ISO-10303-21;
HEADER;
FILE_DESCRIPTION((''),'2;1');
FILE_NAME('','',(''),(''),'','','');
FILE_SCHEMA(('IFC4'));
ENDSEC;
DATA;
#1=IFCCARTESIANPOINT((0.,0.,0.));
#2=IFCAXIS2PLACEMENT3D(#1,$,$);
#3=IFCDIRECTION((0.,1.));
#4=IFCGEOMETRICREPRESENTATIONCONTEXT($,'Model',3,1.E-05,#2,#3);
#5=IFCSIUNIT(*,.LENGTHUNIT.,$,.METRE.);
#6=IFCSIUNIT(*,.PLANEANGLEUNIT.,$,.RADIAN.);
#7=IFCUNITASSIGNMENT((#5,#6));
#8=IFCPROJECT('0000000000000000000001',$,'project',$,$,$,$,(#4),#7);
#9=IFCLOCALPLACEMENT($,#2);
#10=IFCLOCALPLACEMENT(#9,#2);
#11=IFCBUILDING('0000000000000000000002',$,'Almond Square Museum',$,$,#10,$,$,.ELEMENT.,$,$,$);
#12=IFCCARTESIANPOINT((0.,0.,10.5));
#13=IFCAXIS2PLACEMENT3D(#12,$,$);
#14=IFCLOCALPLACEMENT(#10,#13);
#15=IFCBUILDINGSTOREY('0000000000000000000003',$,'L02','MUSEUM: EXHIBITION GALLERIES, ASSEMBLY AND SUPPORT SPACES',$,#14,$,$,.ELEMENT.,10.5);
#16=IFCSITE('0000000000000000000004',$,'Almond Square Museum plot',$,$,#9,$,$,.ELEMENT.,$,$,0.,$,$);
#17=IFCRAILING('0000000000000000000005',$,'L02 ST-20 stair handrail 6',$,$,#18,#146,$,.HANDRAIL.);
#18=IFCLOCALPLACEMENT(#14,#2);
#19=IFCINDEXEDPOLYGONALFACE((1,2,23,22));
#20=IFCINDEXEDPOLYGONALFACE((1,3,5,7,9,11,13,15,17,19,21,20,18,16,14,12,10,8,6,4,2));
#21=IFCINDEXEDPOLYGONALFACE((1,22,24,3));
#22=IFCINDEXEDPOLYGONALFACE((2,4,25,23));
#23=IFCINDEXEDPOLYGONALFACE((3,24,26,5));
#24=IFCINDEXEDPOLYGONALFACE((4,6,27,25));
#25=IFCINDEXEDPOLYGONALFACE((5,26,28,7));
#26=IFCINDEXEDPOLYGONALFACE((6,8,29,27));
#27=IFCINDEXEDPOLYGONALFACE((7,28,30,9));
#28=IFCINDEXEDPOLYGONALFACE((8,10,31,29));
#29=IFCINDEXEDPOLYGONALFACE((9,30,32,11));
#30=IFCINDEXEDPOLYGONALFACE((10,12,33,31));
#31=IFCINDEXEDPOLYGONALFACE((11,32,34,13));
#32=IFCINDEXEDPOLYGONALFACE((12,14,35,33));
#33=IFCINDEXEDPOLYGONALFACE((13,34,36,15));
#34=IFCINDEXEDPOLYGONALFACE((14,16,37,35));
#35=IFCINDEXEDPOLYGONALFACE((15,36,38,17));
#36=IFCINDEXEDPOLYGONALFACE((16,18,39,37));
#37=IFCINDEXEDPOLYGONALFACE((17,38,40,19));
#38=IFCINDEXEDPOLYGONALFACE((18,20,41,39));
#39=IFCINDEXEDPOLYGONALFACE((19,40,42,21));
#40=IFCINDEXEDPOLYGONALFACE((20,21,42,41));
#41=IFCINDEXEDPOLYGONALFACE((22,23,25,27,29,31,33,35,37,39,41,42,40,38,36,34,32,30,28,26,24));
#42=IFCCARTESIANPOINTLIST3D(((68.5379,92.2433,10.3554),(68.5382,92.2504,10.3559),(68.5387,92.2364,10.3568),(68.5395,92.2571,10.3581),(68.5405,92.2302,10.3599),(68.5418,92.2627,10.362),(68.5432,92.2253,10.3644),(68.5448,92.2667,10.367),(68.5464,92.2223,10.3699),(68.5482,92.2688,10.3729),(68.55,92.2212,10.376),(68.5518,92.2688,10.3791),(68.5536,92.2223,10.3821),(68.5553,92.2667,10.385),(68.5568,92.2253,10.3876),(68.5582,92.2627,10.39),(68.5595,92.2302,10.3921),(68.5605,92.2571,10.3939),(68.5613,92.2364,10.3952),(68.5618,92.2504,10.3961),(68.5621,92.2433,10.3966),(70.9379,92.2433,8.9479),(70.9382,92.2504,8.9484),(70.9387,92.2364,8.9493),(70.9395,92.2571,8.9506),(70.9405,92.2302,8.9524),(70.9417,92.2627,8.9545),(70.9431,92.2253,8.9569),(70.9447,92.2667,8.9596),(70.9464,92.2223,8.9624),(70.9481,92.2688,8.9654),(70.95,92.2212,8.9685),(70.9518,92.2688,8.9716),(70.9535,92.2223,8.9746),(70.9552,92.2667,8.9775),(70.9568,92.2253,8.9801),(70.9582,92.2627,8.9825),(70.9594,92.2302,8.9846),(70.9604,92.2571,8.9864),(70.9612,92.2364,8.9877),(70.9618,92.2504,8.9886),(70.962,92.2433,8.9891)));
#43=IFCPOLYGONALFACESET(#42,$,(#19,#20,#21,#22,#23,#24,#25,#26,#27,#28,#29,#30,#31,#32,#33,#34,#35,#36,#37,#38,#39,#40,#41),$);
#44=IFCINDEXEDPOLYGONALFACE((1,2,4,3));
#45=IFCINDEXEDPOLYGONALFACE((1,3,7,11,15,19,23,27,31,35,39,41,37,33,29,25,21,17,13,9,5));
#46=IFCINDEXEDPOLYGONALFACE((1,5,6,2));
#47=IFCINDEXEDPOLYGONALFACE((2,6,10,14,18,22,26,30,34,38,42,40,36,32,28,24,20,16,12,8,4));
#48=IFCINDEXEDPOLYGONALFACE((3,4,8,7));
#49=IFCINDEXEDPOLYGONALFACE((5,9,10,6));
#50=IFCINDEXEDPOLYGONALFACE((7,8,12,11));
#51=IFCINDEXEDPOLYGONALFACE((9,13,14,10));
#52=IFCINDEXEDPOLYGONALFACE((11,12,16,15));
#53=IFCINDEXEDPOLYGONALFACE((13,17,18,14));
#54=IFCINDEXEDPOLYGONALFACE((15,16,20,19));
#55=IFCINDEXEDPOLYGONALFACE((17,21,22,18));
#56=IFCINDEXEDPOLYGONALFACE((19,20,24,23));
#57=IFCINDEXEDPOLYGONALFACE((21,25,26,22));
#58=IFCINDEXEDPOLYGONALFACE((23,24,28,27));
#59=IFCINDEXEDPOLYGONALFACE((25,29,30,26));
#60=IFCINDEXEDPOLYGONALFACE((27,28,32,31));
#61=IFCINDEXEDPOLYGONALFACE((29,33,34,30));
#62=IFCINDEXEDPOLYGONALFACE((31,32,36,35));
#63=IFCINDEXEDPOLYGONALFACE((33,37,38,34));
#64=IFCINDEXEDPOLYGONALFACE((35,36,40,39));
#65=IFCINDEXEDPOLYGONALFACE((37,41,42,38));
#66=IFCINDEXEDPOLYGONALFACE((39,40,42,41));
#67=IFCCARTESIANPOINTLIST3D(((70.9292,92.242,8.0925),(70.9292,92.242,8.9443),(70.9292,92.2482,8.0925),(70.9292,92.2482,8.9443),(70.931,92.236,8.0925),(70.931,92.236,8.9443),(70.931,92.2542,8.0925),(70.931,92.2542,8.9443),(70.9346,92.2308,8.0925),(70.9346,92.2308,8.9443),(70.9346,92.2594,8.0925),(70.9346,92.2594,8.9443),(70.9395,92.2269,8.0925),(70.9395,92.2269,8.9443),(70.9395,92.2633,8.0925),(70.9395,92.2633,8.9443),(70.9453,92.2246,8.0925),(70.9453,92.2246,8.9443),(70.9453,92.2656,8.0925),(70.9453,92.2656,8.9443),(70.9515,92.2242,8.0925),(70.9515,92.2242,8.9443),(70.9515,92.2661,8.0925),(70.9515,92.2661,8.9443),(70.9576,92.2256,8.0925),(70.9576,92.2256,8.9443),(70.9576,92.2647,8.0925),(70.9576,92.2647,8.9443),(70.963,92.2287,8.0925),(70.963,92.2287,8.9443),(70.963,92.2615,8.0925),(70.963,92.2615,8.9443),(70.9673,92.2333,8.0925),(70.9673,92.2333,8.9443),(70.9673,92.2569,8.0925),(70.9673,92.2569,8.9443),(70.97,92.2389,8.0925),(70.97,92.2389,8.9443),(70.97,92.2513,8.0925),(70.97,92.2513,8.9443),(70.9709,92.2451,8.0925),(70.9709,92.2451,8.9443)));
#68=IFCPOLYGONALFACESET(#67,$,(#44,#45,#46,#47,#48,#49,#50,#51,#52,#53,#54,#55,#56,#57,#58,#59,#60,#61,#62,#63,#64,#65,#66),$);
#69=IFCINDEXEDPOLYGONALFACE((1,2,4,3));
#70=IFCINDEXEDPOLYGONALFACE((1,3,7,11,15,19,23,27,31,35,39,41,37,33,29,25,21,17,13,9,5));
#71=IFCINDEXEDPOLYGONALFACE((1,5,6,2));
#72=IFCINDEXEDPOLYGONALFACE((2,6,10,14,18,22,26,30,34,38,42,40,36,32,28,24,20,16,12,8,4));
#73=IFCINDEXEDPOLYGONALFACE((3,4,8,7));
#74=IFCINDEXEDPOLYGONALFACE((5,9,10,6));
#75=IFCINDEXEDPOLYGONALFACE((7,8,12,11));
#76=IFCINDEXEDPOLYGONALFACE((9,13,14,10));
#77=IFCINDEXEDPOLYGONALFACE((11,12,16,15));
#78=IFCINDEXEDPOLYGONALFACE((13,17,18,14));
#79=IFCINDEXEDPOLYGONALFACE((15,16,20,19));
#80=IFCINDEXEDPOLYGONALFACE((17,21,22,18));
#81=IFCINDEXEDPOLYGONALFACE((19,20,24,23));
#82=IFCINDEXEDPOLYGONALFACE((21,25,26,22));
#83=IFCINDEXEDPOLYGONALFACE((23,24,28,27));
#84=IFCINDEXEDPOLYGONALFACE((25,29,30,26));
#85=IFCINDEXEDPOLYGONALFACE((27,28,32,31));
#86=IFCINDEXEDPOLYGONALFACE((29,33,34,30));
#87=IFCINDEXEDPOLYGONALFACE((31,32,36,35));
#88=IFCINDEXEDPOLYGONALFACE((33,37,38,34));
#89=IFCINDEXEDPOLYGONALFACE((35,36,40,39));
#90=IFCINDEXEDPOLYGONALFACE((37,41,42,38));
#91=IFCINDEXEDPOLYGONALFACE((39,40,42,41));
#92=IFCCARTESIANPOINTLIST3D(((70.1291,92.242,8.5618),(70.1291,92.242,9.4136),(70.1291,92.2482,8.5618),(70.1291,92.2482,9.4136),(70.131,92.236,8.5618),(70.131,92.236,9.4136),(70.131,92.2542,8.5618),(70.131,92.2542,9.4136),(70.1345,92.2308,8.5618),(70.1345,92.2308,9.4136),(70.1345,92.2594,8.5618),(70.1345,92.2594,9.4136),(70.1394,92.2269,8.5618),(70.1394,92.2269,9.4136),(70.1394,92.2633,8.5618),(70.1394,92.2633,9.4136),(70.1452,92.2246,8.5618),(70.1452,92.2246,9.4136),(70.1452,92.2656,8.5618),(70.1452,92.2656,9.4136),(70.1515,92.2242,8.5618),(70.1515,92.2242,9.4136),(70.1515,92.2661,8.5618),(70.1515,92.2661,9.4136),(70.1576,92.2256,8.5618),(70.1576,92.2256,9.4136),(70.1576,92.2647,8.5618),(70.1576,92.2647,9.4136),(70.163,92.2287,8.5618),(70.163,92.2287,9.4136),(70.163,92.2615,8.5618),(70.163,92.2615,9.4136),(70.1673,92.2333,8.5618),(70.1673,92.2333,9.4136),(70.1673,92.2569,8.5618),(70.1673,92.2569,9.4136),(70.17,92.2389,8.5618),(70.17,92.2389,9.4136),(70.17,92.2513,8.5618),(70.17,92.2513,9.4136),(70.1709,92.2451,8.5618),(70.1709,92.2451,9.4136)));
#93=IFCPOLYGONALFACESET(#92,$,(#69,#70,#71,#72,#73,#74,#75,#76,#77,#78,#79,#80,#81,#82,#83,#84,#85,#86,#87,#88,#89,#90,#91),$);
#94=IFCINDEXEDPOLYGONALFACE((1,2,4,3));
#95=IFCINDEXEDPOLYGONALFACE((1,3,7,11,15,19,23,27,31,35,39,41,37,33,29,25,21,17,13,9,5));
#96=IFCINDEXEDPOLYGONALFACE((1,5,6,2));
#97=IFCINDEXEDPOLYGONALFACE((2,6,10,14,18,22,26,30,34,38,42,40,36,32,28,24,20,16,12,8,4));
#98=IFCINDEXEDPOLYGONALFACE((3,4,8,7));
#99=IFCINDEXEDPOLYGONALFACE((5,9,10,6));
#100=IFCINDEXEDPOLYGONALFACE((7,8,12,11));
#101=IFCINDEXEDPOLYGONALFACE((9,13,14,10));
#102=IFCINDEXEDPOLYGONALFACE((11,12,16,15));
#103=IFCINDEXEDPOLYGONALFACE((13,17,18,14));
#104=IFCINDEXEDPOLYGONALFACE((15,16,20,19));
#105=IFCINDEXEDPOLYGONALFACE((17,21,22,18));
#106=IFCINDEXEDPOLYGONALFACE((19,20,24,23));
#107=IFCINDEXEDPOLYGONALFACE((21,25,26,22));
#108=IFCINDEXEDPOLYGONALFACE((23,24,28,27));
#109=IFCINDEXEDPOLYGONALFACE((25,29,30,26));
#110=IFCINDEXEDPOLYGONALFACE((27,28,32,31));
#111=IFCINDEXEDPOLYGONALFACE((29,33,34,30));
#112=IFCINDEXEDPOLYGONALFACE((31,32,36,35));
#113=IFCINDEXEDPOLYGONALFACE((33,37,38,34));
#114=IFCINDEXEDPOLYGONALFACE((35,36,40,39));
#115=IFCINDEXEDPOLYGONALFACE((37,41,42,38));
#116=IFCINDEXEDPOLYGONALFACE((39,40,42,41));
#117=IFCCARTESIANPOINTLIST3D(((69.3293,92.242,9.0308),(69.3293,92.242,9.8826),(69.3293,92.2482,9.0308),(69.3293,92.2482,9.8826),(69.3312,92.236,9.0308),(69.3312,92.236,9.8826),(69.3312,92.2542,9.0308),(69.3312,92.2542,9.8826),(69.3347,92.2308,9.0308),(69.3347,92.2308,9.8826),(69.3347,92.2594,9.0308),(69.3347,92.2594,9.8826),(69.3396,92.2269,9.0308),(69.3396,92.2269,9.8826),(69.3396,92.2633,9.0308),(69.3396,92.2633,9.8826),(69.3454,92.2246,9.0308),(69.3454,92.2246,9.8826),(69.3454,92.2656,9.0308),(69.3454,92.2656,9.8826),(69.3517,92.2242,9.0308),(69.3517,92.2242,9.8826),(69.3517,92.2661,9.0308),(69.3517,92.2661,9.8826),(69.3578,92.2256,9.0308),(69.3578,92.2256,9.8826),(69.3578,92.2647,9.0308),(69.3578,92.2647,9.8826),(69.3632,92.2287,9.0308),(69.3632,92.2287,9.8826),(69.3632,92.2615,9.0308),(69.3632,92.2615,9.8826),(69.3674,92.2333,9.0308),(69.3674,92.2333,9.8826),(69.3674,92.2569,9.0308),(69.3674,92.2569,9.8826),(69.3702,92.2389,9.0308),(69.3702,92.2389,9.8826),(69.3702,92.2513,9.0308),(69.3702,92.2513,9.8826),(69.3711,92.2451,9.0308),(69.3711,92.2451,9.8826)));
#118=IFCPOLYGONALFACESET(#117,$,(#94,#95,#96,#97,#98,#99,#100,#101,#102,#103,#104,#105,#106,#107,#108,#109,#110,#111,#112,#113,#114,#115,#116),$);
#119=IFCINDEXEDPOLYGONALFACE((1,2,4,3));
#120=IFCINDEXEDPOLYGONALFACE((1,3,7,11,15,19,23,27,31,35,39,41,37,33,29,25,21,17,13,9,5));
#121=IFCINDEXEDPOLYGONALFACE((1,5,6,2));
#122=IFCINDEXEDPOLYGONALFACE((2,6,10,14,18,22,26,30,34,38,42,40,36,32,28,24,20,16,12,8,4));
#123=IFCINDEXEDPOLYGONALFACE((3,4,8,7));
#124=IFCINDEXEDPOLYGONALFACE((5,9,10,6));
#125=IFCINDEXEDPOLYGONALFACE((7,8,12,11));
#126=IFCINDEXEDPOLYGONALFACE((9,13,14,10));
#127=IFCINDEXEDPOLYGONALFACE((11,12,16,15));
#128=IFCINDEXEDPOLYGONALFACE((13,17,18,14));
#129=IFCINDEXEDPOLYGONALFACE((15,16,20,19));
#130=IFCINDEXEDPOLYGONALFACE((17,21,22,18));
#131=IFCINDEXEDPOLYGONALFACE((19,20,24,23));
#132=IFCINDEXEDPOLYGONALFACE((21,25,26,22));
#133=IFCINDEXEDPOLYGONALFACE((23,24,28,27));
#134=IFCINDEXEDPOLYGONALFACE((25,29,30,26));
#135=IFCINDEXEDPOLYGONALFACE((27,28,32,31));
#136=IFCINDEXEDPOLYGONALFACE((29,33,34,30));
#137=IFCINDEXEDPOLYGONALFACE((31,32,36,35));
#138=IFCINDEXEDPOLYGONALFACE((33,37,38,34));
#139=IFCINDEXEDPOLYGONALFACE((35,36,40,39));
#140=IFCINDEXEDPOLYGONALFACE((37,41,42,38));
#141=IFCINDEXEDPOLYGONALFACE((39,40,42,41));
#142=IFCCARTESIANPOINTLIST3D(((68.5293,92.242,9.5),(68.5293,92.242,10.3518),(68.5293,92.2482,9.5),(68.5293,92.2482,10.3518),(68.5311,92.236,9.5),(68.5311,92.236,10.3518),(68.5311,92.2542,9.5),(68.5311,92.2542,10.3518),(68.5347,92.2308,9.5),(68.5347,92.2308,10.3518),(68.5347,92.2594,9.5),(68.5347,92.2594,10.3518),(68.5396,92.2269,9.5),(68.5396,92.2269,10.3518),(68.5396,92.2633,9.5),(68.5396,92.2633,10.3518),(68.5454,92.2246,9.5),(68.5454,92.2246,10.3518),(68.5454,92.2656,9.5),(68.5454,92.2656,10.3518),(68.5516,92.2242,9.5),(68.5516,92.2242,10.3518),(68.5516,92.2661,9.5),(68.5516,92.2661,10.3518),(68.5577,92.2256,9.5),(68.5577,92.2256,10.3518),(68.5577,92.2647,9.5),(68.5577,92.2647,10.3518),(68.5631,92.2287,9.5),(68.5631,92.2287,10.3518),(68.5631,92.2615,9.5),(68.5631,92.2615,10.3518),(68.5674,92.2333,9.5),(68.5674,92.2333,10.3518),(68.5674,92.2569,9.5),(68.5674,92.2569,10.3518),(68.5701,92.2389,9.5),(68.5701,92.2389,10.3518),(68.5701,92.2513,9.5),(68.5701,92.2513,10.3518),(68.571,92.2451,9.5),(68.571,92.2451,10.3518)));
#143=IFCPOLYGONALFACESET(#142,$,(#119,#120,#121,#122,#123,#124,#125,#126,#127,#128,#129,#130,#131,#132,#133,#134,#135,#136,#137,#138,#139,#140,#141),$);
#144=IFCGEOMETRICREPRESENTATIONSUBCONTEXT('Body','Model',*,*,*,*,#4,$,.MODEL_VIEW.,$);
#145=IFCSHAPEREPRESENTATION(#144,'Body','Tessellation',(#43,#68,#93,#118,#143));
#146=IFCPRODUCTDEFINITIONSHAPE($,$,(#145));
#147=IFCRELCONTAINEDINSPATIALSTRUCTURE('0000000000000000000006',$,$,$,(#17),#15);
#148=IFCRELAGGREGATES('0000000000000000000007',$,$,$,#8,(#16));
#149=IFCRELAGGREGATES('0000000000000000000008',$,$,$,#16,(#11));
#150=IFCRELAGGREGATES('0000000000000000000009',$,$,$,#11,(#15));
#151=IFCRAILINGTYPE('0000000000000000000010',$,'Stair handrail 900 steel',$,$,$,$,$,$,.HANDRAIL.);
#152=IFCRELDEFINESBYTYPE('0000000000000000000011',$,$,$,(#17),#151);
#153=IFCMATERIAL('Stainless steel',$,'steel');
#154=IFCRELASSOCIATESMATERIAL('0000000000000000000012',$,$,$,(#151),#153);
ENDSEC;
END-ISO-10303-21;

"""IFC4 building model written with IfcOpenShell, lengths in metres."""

from ifc_helpers import new_model, si_unit, direction, frame, origin, origin_2d, place, context, subcontext, project, spatial, circle, extrude, material, type_object, element, save


model = new_model("IFC4")

# Units and contexts
model_context = context("Model", 3, precision=1e-05, world=origin(), true_north=direction((0.0, 1.0)))
body_context = subcontext(model_context, "Body", "Model", "MODEL_VIEW")
ifc_project = project(units=[si_unit("LENGTHUNIT", "METRE"), si_unit("PLANEANGLEUNIT", "RADIAN")], contexts=[model_context])

# Site, building, storey
site_placement = place(None, origin())
site = spatial("IfcSite", under=ifc_project, at=site_placement, Name="Almond Square Museum plot", CompositionType="ELEMENT", RefElevation=0.0)
building_placement = place(site_placement, origin())
building = spatial("IfcBuilding", under=site, at=building_placement, Name="Almond Square Museum", CompositionType="ELEMENT")
storey_placement = place(building_placement, frame((0.0, 0.0, 10.5)))
storey = spatial("IfcBuildingStorey", under=building, at=storey_placement, Name="L02", Description="MUSEUM: EXHIBITION GALLERIES, ASSEMBLY AND SUPPORT SPACES", CompositionType="ELEMENT", Elevation=10.5)

# Railing
ifc_material_1 = material(Name="Stainless steel", Category="steel")
railing_type_1 = type_object("IfcRailingType", Name="Stair handrail 900 steel", PredefinedType="HANDRAIL", material=ifc_material_1)
railing_1_placement = place(storey_placement, frame((70.95, 92.2451, 8.0925)))
element("IfcRailing", 1, at=railing_1_placement, inside=storey, type_object=railing_type_1, Name="L02 ST-20 stair handrail 6", PredefinedType="HANDRAIL", context=body_context, shape_type="SweptSolid", body=[
    extrude(circle(Radius=0.0239, at=origin_2d()), frame((0.0, 0.0, 0.876), z_axis=(-0.862599, 0.0, 0.505888), x_axis=(0.0, -1.0, 0.0)), (0.0, 0.0, 1.0), 2.7822),
    extrude(circle(Radius=0.021, at=origin_2d()), origin(), (0.0, 0.0, 1.0), 0.8518),
    extrude(circle(Radius=0.021, at=origin_2d()), frame((-0.8, 0.0, 0.4692)), (0.0, 0.0, 1.0), 0.8518),
    extrude(circle(Radius=0.021, at=origin_2d()), frame((-1.5999, 0.0, 0.9382)), (0.0, 0.0, 1.0), 0.8518),
    extrude(circle(Radius=0.021, at=origin_2d()), frame((-2.3999, 0.0, 1.4075)), (0.0, 0.0, 1.0), 0.8518),
])

save(model, "model.ifc")
